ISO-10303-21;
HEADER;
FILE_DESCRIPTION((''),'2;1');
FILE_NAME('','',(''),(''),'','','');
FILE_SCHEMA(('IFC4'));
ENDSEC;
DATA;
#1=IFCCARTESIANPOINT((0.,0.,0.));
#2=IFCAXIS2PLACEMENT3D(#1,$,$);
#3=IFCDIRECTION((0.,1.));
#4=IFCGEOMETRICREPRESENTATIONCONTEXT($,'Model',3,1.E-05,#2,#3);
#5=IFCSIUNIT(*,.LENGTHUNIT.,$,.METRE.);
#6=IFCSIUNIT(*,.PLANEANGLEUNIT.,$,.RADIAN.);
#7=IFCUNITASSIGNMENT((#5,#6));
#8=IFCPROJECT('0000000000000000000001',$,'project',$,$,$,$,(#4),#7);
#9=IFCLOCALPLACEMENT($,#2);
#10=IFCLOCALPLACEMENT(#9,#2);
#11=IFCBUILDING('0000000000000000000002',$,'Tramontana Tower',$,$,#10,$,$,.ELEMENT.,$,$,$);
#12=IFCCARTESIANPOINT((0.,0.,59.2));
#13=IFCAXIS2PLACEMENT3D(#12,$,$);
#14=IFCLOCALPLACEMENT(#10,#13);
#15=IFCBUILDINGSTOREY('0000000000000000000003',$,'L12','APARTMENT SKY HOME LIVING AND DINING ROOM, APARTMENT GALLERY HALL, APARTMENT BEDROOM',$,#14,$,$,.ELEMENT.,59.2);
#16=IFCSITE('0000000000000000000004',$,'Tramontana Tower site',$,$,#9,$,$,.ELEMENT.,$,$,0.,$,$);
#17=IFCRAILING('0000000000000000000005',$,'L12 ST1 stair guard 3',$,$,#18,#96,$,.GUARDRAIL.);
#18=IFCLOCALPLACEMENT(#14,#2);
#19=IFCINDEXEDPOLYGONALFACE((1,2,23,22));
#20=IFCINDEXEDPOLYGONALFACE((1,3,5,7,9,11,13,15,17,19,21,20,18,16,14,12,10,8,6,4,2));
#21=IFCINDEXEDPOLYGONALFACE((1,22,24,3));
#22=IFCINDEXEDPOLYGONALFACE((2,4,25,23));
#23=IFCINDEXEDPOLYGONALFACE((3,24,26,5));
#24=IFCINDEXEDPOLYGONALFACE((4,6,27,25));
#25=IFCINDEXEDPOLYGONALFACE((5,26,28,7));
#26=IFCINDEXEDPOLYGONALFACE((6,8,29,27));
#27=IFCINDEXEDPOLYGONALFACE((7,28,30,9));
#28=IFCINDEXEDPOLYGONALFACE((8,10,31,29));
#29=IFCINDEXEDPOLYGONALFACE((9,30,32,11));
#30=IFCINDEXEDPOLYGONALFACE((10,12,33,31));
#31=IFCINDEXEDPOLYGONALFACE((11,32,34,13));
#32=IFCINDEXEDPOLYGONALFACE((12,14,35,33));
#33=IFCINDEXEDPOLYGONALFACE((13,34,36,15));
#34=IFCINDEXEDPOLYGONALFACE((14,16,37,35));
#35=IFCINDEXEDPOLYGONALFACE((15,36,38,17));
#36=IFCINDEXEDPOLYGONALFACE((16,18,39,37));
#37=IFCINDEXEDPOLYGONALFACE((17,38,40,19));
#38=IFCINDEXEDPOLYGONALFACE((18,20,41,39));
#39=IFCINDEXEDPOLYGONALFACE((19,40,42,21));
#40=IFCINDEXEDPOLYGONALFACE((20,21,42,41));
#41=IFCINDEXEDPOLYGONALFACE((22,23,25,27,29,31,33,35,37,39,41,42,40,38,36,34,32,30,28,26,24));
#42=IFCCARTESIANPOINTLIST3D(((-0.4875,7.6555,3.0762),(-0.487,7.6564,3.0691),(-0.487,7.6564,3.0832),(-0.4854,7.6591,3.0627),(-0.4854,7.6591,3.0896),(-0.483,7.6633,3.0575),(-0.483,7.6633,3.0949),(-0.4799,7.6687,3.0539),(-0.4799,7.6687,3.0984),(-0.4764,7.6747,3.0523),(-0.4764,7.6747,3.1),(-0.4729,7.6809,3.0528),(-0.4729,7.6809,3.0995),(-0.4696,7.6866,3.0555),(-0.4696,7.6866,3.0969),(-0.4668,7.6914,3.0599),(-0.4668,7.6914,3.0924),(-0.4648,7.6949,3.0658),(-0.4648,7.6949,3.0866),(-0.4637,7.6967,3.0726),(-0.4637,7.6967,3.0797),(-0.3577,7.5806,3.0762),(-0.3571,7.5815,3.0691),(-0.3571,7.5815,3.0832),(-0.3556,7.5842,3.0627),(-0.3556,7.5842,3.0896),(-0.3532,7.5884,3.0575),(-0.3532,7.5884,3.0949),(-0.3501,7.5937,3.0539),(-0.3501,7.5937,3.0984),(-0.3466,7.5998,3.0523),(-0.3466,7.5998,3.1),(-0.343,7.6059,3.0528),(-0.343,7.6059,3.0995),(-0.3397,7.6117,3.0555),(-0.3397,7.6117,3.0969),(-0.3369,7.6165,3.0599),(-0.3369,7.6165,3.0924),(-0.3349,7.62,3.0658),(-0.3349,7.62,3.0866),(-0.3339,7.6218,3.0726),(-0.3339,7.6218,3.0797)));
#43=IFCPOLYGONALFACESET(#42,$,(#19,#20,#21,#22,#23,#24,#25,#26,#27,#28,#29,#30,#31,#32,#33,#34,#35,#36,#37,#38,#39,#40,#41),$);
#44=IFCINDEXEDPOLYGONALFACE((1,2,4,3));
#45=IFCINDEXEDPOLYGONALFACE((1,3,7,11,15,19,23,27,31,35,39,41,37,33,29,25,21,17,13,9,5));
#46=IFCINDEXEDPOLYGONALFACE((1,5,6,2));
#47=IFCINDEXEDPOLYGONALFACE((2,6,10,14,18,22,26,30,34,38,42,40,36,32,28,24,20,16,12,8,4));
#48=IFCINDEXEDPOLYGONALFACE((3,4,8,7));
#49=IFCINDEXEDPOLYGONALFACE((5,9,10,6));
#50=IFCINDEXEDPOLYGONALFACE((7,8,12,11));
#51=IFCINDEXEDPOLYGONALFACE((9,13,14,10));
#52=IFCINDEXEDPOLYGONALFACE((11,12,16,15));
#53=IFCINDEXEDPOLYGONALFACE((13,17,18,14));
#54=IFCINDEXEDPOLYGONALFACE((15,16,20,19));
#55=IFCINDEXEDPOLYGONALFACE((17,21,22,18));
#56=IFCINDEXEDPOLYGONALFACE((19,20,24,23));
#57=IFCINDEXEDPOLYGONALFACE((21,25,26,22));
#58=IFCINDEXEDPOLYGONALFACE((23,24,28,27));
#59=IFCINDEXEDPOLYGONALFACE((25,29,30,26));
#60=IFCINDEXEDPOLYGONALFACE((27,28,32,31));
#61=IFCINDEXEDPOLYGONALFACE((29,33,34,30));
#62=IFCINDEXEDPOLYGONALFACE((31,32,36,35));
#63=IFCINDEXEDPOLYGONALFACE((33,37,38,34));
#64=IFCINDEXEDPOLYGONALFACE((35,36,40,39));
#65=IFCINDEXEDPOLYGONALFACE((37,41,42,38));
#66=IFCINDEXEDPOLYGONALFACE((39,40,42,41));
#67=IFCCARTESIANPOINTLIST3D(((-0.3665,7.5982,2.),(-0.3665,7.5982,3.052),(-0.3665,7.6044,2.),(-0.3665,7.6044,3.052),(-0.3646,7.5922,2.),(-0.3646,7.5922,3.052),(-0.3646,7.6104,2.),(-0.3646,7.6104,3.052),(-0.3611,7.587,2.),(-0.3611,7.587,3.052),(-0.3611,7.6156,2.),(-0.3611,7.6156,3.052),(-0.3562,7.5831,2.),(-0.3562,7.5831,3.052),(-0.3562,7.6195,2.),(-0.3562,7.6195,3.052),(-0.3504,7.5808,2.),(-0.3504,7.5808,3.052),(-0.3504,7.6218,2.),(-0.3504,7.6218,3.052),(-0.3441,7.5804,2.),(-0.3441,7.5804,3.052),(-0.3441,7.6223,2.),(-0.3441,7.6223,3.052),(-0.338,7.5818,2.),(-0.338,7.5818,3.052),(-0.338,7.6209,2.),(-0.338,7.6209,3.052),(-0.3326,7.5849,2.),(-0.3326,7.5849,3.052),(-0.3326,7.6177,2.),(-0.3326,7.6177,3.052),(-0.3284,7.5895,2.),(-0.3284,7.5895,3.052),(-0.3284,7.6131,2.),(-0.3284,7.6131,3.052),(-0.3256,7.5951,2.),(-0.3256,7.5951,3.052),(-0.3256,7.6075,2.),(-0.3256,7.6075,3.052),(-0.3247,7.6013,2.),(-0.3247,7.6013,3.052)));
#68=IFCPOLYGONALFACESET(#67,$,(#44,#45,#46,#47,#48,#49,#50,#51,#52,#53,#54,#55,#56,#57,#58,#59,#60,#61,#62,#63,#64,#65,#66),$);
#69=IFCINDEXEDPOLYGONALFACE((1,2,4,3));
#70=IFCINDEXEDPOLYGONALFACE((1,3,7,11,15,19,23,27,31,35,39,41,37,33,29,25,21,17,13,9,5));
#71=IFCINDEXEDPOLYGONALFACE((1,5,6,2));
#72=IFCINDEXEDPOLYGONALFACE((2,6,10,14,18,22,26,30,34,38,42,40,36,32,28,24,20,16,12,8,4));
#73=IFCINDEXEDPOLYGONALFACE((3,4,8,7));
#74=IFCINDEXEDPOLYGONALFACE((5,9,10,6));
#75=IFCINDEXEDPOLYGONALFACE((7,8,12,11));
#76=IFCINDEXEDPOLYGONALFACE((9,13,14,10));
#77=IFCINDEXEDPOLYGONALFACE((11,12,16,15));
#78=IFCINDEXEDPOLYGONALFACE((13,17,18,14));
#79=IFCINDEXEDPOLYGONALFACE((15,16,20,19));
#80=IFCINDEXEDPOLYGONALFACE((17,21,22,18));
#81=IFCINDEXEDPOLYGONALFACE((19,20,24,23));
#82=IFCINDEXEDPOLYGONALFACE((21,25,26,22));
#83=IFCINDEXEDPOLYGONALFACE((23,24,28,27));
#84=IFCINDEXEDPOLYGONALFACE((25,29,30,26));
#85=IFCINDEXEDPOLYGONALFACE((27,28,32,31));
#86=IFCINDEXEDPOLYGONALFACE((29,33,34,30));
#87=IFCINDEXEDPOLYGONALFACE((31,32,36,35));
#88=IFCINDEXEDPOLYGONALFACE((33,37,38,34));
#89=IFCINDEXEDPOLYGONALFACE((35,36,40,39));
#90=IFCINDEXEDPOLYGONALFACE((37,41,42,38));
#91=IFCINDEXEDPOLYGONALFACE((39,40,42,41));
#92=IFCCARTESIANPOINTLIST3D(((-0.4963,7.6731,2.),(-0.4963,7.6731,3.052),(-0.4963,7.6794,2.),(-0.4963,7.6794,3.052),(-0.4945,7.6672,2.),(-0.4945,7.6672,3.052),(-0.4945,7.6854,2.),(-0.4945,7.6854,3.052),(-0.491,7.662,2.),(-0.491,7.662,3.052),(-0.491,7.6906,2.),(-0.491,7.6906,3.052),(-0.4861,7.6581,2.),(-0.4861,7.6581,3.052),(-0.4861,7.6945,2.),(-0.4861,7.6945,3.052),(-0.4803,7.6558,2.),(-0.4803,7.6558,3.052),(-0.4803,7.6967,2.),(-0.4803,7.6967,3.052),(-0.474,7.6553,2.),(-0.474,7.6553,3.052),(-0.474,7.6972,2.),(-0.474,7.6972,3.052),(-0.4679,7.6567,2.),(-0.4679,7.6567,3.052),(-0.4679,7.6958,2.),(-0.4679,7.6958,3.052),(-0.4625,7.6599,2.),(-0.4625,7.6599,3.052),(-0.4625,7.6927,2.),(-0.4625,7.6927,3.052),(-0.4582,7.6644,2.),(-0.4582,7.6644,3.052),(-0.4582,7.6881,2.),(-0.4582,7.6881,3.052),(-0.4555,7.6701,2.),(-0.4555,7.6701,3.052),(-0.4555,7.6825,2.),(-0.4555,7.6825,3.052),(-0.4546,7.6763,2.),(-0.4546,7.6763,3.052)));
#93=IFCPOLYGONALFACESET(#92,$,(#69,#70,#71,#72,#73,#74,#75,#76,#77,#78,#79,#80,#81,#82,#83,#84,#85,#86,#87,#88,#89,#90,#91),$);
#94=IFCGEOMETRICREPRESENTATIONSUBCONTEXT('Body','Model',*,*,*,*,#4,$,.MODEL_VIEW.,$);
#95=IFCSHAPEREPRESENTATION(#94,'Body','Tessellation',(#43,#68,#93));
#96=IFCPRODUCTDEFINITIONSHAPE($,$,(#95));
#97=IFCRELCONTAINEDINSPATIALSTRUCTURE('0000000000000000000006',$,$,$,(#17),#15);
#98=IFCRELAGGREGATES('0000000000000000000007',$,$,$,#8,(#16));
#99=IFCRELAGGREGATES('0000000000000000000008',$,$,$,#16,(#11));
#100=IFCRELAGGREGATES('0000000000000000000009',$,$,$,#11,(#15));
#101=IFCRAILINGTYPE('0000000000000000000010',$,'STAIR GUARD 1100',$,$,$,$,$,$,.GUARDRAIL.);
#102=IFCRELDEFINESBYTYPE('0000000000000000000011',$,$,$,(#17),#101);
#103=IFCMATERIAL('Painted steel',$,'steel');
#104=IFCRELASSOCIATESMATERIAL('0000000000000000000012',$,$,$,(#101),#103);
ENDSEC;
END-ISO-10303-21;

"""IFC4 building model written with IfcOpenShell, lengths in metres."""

from ifc_helpers import new_model, si_unit, direction, frame, origin, origin_2d, place, context, subcontext, project, spatial, circle, extrude, material, type_object, element, save


model = new_model("IFC4")

# Units and contexts
model_context = context("Model", 3, precision=1e-05, world=origin(), true_north=direction((0.0, 1.0)))
body_context = subcontext(model_context, "Body", "Model", "MODEL_VIEW")
ifc_project = project(units=[si_unit("LENGTHUNIT", "METRE"), si_unit("PLANEANGLEUNIT", "RADIAN")], contexts=[model_context])

# Site, building, storey
site_placement = place(None, origin())
site = spatial("IfcSite", under=ifc_project, at=site_placement, Name="Tramontana Tower site", CompositionType="ELEMENT", RefElevation=0.0)
building_placement = place(site_placement, origin())
building = spatial("IfcBuilding", under=site, at=building_placement, Name="Tramontana Tower", CompositionType="ELEMENT")
storey_placement = place(building_placement, frame((0.0, 0.0, 59.2)))
storey = spatial("IfcBuildingStorey", under=building, at=storey_placement, Name="L12", Description="APARTMENT SKY HOME LIVING AND DINING ROOM, APARTMENT GALLERY HALL, APARTMENT BEDROOM", CompositionType="ELEMENT", Elevation=59.2)

# Railing
ifc_material_1 = material(Name="Painted steel", Category="steel")
railing_type_1 = type_object("IfcRailingType", Name="STAIR GUARD 1100", PredefinedType="GUARDRAIL", material=ifc_material_1)
railing_1_placement = place(storey_placement, frame((-0.3457, 7.6013, 2.0)))
element("IfcRailing", 1, at=railing_1_placement, inside=storey, type_object=railing_type_1, Name="L12 ST1 stair guard 3", PredefinedType="GUARDRAIL", context=body_context, shape_type="SweptSolid", body=[
    extrude(circle(Radius=0.0239, at=origin_2d()), frame((0.0, 0.0, 1.0762), z_axis=(-0.866131, 0.499816, 0.0), x_axis=(-0.499816, -0.866131, 0.0)), (0.0, 0.0, 1.0), 0.1499),
    extrude(circle(Radius=0.021, at=origin_2d()), origin(), (0.0, 0.0, 1.0), 1.052),
    extrude(circle(Radius=0.021, at=origin_2d()), frame((-0.1299, 0.075, 0.0)), (0.0, 0.0, 1.0), 1.052),
])

save(model, "model.ifc")
